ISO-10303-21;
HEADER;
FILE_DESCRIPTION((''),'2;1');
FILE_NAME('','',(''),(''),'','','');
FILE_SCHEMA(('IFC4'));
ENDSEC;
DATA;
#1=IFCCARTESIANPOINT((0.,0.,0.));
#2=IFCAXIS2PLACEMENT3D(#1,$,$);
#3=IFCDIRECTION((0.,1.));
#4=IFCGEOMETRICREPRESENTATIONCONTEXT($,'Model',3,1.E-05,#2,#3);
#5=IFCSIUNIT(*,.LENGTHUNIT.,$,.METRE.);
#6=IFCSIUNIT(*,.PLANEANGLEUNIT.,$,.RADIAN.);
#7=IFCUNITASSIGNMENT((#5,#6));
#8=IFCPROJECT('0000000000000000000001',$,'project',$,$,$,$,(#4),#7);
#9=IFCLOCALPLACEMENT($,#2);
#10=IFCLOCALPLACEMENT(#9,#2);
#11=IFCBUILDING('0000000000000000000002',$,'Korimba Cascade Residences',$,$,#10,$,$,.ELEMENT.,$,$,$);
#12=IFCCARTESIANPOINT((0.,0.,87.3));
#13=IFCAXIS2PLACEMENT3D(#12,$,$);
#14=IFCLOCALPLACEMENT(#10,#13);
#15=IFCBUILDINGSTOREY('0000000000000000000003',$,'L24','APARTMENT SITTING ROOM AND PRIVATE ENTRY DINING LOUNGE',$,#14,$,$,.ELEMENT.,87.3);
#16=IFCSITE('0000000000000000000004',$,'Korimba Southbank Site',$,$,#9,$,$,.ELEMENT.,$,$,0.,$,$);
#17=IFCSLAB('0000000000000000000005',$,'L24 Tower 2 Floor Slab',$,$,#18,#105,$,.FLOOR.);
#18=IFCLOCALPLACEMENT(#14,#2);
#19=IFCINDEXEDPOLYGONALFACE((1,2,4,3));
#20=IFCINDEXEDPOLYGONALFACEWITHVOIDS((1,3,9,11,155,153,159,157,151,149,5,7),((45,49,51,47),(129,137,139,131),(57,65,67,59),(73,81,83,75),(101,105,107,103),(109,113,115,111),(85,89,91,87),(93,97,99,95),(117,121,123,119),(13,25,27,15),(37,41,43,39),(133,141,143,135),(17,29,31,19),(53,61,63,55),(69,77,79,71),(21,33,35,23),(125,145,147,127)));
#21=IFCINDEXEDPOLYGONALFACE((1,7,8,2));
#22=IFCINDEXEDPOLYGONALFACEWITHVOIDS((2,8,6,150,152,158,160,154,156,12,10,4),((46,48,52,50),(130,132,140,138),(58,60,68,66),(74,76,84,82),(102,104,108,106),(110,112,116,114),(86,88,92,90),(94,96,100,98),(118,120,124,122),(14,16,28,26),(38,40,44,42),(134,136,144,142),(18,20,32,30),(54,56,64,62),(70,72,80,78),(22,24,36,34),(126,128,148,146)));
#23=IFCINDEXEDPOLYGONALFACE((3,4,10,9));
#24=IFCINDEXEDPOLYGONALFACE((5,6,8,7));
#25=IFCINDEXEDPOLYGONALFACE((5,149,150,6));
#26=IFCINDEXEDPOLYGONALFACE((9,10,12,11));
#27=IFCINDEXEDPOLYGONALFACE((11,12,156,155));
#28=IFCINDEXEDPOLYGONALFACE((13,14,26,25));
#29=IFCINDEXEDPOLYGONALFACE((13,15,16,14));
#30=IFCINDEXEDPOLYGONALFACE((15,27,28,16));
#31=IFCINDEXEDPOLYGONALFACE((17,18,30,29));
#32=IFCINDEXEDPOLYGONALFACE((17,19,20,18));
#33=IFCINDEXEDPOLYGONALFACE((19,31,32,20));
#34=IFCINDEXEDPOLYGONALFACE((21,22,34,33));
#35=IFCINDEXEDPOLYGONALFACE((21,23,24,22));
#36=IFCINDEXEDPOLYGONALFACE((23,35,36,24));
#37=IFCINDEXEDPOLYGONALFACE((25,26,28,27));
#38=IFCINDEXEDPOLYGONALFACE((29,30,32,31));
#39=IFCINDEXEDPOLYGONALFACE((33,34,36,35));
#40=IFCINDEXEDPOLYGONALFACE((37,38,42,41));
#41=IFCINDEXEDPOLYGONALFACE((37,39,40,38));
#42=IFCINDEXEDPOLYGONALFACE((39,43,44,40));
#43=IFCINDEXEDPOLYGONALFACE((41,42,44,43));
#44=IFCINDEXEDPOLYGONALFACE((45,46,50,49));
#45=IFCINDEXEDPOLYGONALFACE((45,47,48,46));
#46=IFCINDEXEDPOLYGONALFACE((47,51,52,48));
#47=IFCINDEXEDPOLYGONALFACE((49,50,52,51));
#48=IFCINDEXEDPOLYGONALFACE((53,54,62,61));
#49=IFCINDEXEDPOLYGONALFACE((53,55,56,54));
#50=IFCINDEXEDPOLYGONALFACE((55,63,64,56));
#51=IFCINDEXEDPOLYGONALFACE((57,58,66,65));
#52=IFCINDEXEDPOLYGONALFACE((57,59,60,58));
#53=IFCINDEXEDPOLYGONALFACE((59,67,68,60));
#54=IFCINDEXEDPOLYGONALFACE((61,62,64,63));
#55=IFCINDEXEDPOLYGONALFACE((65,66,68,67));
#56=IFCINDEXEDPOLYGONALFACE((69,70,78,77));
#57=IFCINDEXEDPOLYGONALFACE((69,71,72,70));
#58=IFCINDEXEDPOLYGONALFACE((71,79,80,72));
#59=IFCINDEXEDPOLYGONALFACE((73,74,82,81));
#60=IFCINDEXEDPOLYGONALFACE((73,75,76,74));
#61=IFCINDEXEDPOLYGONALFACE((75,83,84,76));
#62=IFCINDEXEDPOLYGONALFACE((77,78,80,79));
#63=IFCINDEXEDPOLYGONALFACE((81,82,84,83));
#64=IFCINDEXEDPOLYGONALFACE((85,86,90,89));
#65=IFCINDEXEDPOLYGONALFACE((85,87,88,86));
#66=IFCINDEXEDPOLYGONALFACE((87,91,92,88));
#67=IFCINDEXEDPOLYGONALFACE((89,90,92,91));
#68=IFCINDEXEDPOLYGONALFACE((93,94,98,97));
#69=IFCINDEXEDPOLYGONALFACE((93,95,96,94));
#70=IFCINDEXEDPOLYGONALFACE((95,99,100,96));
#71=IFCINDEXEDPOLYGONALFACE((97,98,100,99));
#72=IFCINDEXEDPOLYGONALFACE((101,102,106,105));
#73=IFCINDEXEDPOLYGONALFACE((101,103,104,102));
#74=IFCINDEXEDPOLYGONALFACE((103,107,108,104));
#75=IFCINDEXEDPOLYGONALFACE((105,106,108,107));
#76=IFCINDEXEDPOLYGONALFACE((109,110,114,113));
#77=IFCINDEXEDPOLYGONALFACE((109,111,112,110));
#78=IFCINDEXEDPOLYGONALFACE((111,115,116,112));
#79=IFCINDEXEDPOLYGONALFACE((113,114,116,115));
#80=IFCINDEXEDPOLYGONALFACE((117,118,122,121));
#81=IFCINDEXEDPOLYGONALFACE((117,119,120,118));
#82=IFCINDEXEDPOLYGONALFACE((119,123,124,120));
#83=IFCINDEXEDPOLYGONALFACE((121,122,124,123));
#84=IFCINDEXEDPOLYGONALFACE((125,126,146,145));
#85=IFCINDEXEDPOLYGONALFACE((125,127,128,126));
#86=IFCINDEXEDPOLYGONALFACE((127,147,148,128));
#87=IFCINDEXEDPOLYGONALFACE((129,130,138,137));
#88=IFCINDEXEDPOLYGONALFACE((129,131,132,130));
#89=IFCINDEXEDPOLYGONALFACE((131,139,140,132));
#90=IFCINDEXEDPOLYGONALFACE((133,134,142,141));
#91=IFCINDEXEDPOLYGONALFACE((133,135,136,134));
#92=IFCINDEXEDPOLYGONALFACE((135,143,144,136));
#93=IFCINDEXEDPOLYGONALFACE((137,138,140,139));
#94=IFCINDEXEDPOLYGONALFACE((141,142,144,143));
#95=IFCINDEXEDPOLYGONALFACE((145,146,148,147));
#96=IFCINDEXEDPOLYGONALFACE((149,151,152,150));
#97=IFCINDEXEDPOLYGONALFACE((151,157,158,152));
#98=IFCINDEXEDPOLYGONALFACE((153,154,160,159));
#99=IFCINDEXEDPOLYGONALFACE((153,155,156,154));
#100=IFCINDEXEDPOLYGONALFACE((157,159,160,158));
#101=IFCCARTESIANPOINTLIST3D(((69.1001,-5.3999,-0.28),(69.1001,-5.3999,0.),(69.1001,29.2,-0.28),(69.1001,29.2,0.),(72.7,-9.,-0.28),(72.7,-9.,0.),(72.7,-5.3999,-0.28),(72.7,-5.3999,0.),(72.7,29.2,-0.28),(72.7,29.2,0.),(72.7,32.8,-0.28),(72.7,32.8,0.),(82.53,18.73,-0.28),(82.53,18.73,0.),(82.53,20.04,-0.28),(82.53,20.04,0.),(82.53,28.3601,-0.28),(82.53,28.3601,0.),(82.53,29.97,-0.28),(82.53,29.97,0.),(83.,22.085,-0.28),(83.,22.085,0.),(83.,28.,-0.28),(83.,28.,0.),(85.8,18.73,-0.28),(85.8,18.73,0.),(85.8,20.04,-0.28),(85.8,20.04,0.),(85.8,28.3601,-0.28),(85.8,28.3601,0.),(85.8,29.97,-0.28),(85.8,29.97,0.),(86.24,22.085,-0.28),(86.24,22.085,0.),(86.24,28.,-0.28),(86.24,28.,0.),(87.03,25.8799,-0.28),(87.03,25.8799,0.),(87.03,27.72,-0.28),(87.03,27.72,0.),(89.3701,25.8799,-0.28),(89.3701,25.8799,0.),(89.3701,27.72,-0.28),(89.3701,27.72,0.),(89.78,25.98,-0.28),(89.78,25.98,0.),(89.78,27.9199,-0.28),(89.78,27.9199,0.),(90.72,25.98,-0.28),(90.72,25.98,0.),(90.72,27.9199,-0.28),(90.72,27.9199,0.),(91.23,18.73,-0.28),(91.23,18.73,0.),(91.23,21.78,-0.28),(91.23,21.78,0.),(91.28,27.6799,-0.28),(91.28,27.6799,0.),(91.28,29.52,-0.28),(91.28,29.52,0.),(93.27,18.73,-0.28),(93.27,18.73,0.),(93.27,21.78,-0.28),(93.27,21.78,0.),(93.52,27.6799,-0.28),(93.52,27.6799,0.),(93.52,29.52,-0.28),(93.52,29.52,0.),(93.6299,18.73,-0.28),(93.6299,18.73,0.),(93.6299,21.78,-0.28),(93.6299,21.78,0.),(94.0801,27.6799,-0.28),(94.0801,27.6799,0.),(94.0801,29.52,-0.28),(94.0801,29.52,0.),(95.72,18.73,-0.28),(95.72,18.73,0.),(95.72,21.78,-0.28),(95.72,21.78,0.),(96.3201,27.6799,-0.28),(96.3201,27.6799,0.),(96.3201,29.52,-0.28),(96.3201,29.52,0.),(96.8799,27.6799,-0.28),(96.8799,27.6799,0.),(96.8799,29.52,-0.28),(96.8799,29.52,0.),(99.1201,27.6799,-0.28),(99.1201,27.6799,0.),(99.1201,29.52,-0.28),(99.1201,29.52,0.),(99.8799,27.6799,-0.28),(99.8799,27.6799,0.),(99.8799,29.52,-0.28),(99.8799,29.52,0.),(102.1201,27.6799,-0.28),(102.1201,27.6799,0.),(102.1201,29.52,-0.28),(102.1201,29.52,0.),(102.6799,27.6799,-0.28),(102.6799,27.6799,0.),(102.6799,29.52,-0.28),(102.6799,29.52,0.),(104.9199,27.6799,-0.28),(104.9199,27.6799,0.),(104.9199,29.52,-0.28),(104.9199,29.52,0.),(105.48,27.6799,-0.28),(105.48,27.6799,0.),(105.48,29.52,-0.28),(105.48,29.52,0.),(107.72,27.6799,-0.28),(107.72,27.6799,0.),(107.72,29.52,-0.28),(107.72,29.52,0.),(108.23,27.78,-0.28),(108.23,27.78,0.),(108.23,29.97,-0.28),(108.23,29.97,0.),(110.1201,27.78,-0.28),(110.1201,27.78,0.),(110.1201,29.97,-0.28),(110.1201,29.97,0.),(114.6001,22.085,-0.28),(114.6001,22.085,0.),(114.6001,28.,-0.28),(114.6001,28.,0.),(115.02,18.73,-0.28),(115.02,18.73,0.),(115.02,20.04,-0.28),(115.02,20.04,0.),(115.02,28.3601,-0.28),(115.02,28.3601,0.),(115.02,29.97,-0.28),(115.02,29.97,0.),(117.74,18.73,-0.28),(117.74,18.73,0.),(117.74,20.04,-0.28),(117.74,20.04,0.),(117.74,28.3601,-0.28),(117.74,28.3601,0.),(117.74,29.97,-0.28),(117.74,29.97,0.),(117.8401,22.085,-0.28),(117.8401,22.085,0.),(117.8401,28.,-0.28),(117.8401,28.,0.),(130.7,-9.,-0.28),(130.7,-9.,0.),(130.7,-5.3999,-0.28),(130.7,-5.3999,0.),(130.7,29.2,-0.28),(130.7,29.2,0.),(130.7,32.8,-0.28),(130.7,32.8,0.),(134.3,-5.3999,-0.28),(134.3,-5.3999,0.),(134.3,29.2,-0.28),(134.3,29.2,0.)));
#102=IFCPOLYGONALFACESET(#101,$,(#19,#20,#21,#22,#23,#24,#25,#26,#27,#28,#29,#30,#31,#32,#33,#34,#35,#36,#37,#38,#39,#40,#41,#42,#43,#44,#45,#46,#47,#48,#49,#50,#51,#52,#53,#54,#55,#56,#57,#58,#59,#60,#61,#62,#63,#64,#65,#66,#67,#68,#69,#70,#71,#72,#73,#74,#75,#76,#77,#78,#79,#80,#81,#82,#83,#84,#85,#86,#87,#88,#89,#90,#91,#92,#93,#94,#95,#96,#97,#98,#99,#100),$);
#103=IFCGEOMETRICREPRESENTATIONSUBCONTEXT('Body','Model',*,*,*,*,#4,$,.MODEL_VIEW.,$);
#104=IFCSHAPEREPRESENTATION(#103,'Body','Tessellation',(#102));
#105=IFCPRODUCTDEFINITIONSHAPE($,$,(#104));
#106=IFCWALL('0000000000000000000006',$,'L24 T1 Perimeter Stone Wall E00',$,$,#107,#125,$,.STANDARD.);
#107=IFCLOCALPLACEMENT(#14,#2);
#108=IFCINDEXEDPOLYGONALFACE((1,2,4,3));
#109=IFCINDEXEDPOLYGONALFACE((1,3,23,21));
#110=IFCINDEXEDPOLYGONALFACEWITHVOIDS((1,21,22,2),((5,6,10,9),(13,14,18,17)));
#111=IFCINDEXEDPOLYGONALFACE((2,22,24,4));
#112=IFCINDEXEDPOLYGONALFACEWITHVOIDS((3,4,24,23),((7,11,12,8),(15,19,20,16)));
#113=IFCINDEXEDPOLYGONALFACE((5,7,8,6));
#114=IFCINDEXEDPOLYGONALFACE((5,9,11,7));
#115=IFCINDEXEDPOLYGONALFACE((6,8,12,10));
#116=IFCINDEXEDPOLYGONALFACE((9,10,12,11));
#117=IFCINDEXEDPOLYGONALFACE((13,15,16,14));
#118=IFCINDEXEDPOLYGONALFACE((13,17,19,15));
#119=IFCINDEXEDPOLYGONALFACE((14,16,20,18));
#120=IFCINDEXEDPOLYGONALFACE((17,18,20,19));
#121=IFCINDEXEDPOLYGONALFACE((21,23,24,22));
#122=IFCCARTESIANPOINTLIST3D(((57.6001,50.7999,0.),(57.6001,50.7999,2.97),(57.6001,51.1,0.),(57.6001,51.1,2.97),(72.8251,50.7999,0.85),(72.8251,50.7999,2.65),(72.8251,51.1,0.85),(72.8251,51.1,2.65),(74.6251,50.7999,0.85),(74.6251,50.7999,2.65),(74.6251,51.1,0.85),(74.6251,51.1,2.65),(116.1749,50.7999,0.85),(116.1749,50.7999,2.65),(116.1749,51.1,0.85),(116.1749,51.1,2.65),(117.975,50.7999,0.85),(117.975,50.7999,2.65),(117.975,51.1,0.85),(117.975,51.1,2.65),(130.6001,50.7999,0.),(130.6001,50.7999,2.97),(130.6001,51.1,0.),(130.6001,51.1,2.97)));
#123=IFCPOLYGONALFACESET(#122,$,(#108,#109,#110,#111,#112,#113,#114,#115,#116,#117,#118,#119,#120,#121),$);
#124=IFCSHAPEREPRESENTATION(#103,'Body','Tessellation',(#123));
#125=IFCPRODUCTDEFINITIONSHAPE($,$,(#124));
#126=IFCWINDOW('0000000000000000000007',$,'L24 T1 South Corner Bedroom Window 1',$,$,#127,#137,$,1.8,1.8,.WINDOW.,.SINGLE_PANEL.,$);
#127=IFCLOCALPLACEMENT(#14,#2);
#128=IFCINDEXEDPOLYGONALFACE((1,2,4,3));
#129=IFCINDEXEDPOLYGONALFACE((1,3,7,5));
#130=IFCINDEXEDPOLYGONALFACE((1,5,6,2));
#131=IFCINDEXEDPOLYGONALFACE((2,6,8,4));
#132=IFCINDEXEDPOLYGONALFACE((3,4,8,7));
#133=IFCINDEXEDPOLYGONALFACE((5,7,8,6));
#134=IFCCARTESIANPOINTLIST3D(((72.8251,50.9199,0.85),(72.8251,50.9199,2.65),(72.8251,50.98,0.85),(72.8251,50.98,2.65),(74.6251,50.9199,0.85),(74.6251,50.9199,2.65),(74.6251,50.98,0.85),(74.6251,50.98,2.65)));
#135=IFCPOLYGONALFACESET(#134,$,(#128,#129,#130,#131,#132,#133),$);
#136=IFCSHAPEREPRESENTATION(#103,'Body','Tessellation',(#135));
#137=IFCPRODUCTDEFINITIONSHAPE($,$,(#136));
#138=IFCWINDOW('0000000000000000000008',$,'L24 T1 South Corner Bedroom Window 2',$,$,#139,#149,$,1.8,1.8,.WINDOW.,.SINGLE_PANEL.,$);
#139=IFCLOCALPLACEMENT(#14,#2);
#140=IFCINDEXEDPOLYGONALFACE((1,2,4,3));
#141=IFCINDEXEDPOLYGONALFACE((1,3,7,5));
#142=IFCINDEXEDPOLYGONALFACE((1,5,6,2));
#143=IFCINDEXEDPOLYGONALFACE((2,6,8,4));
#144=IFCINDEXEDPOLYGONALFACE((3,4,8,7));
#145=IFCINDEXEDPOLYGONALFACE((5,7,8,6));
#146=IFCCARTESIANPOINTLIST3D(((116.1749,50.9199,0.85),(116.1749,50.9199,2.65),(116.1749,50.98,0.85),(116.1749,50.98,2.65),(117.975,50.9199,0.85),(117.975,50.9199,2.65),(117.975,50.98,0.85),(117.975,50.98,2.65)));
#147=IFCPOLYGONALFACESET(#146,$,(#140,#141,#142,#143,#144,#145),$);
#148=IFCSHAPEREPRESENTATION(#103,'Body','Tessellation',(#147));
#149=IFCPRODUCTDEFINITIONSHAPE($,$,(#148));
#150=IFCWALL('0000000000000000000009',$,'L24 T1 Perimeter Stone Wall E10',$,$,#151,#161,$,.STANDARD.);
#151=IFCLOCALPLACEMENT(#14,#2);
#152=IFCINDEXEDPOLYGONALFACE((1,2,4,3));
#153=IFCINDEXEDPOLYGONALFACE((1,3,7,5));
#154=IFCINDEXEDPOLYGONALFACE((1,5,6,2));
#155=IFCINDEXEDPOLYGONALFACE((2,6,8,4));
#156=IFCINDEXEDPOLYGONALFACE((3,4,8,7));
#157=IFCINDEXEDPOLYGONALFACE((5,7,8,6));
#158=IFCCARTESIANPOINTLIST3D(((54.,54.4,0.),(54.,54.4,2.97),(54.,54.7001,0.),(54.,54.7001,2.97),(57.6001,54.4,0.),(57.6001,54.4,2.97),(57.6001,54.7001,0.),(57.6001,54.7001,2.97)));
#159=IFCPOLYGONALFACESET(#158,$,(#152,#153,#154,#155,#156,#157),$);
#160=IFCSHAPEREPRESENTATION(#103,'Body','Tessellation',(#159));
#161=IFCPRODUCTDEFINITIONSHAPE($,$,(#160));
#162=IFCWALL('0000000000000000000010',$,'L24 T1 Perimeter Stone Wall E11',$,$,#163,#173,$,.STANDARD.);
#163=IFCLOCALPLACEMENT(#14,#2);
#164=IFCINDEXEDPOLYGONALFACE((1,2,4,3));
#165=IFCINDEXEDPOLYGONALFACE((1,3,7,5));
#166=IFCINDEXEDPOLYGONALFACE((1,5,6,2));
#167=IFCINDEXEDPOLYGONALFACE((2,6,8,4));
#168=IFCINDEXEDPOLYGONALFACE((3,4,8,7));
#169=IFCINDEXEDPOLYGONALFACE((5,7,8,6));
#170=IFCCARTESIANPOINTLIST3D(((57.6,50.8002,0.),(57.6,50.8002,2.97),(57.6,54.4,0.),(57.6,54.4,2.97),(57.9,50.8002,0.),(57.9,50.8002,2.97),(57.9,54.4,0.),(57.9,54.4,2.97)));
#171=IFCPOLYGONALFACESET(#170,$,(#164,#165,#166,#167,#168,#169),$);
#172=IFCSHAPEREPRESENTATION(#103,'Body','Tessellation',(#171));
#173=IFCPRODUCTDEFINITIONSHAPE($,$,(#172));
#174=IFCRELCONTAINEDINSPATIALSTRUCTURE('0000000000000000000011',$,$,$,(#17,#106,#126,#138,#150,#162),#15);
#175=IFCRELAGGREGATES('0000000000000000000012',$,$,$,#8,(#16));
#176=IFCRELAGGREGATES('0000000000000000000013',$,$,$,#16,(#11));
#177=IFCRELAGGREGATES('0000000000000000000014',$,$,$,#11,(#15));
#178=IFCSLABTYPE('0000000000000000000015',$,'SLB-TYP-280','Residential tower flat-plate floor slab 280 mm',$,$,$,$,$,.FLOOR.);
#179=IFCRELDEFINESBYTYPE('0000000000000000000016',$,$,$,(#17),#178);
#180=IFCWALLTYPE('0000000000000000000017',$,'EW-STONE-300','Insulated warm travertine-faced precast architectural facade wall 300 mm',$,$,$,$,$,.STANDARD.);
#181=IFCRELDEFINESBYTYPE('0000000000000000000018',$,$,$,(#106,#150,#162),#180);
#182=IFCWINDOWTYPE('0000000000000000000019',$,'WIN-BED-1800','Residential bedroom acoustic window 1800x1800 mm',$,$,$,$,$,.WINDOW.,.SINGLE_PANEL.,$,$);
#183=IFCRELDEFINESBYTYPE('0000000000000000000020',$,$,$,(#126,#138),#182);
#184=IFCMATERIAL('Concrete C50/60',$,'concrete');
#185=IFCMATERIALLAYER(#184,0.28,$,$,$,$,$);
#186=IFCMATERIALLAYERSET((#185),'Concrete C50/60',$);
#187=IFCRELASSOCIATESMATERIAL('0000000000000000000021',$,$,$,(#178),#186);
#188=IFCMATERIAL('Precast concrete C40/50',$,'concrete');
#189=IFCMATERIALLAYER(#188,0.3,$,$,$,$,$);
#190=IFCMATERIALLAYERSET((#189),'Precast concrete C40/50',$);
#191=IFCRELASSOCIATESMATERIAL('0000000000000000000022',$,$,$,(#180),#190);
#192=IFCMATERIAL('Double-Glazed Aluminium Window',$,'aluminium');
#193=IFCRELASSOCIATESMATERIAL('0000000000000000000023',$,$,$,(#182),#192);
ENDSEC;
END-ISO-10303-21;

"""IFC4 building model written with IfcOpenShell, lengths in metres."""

from ifc_helpers import new_model, si_unit, direction, frame, frame_2d, origin, place, context, subcontext, project, spatial, polyline, rectangle, outline, extrude, material, layer, layer_set, type_object, element, fill, save


model = new_model("IFC4")

# Units and contexts
model_context = context("Model", 3, precision=1e-05, world=origin(), true_north=direction((0.0, 1.0)))
body_context = subcontext(model_context, "Body", "Model", "MODEL_VIEW")
ifc_project = project(units=[si_unit("LENGTHUNIT", "METRE"), si_unit("PLANEANGLEUNIT", "RADIAN")], contexts=[model_context])

# Site, building, storey
site_placement = place(None, origin())
site = spatial("IfcSite", under=ifc_project, at=site_placement, Name="Korimba Southbank Site", CompositionType="ELEMENT", RefElevation=0.0)
building_placement = place(site_placement, origin())
building = spatial("IfcBuilding", under=site, at=building_placement, Name="Korimba Cascade Residences", CompositionType="ELEMENT")
storey_placement = place(building_placement, frame((0.0, 0.0, 87.3)))
storey = spatial("IfcBuildingStorey", under=building, at=storey_placement, Name="L24", Description="APARTMENT SITTING ROOM AND PRIVATE ENTRY DINING LOUNGE", CompositionType="ELEMENT", Elevation=87.3)

# Shared definitions
ifc_material_1 = material(Name="Concrete C50/60", Category="concrete")

# Slab
ifc_material_2 = material(Name="Precast concrete C40/50", Category="concrete")
ifc_layer_1 = layer(ifc_material_1, 0.28)
ifc_layer_set_1 = layer_set([ifc_layer_1], Name="Concrete C50/60")
slab_type_1 = type_object("IfcSlabType", Name="SLB-TYP-280", Description="Residential tower flat-plate floor slab 280 mm", PredefinedType="FLOOR", material=ifc_layer_set_1)
slab_1_placement = place(storey_placement, frame((0.0, 0.0, -0.28)))
element("IfcSlab", 1, at=slab_1_placement, inside=storey, type_object=slab_type_1, Name="L24 Tower 2 Floor Slab", PredefinedType="FLOOR", context=body_context, shape_type="SweptSolid", body=[
    extrude(outline(polyline([(72.7, -9.0), (130.7, -9.0), (130.7, -5.3999), (134.3, -5.3999), (134.3, 29.2), (130.7, 29.2), (130.7, 32.8), (72.7, 32.8), (72.7, 29.2), (69.1001, 29.2), (69.1001, -5.3999), (72.7, -5.3999), (72.7, -9.0)]), holes=[polyline([(86.24, 22.085), (86.24, 28.0), (83.0, 28.0), (83.0, 22.085), (86.24, 22.085)]), polyline([(117.8401, 22.085), (117.8401, 28.0), (114.6001, 28.0), (114.6001, 22.085), (117.8401, 22.085)]), polyline([(87.03, 25.8799), (89.3701, 25.8799), (89.3701, 27.72), (87.03, 27.72), (87.03, 25.8799)]), polyline([(91.28, 27.6799), (93.52, 27.6799), (93.52, 29.52), (91.28, 29.52), (91.28, 27.6799)]), polyline([(94.0801, 27.6799), (96.3201, 27.6799), (96.3201, 29.52), (94.0801, 29.52), (94.0801, 27.6799)]), polyline([(96.8799, 27.6799), (99.1201, 27.6799), (99.1201, 29.52), (96.8799, 29.52), (96.8799, 27.6799)]), polyline([(99.8799, 27.6799), (102.1201, 27.6799), (102.1201, 29.52), (99.8799, 29.52), (99.8799, 27.6799)]), polyline([(102.6799, 27.6799), (104.9199, 27.6799), (104.9199, 29.52), (102.6799, 29.52), (102.6799, 27.6799)]), polyline([(105.48, 27.6799), (107.72, 27.6799), (107.72, 29.52), (105.48, 29.52), (105.48, 27.6799)]), polyline([(89.78, 25.98), (90.72, 25.98), (90.72, 27.9199), (89.78, 27.9199), (89.78, 25.98)]), polyline([(82.53, 18.73), (85.8, 18.73), (85.8, 20.04), (82.53, 20.04), (82.53, 18.73)]), polyline([(82.53, 28.3601), (85.8, 28.3601), (85.8, 29.97), (82.53, 29.97), (82.53, 28.3601)]), polyline([(108.23, 27.78), (110.1201, 27.78), (110.1201, 29.97), (108.23, 29.97), (108.23, 27.78)]), polyline([(91.23, 18.73), (93.27, 18.73), (93.27, 21.78), (91.23, 21.78), (91.23, 18.73)]), polyline([(93.6299, 18.73), (95.72, 18.73), (95.72, 21.78), (93.6299, 21.78), (93.6299, 18.73)]), polyline([(115.02, 18.73), (117.74, 18.73), (117.74, 20.04), (115.02, 20.04), (115.02, 18.73)]), polyline([(115.02, 28.3601), (117.74, 28.3601), (117.74, 29.97), (115.02, 29.97), (115.02, 28.3601)])]), origin(), (0.0, 0.0, 1.0), 0.28),
])

# Wall, openings, windows
ifc_layer_2 = layer(ifc_material_2, 0.3)
ifc_layer_set_2 = layer_set([ifc_layer_2], Name="Precast concrete C40/50")
wall_type_1 = type_object("IfcWallType", Name="EW-STONE-300", Description="Insulated warm travertine-faced precast architectural facade wall 300 mm", PredefinedType="STANDARD", material=ifc_layer_set_2)
wall_1_placement = place(storey_placement, frame((57.6001, 50.95, 0.0), z_axis=(0.0, 0.0, 1.0), x_axis=(1.0, 0.0, 0.0)))
wall_1 = element("IfcWall", 2, at=wall_1_placement, inside=storey, type_object=wall_type_1, Name="L24 T1 Perimeter Stone Wall E00", PredefinedType="STANDARD", context=body_context, shape_type="SweptSolid", body=[
    extrude(rectangle(XDim=73.0, YDim=0.3, at=frame_2d((36.5, 0.0))), origin(), (0.0, 0.0, 1.0), 2.97),
])
opening_1_placement = place(wall_1_placement, frame((15.2251, 0.0, 0.8501)))
opening_1 = element("IfcOpeningElement", 3, at=opening_1_placement, cuts=wall_1, PredefinedType="OPENING", context=body_context, shape_type="SweptSolid", body=[
    extrude(rectangle(XDim=1.8, YDim=1.8, at=frame_2d((0.8999, 0.8999))), frame((0.0, 0.1602, 0.0), z_axis=(0.0, -1.0, 0.0), x_axis=(1.0, 0.0, 0.0)), (0.0, 0.0, 1.0), 0.3201),
])
opening_2_placement = place(wall_1_placement, frame((58.575, 0.0, 0.8501)))
opening_2 = element("IfcOpeningElement", 4, at=opening_2_placement, cuts=wall_1, PredefinedType="OPENING", context=body_context, shape_type="SweptSolid", body=[
    extrude(rectangle(XDim=1.8, YDim=1.8, at=frame_2d((0.8999, 0.8999))), frame((0.0, 0.1602, 0.0), z_axis=(0.0, -1.0, 0.0), x_axis=(1.0, 0.0, 0.0)), (0.0, 0.0, 1.0), 0.3201),
])
ifc_material_3 = material(Name="Double-Glazed Aluminium Window", Category="aluminium")
window_type = type_object("IfcWindowType", Name="WIN-BED-1800", Description="Residential bedroom acoustic window 1800x1800 mm", PartitioningType="SINGLE_PANEL", PredefinedType="WINDOW", material=ifc_material_3)
window_1_placement = place(opening_1_placement, origin())
window_1 = element("IfcWindow", 5, at=window_1_placement, inside=storey, type_object=window_type, Name="L24 T1 South Corner Bedroom Window 1", OverallHeight=1.8, OverallWidth=1.8, PartitioningType="SINGLE_PANEL", PredefinedType="WINDOW", context=body_context, shape_type="SweptSolid", body=[
    extrude(rectangle(XDim=1.8, YDim=1.8, at=frame_2d((0.8999, 0.8999))), frame((0.0, 0.03, 0.0), z_axis=(0.0, -1.0, 0.0), x_axis=(1.0, 0.0, 0.0)), (0.0, 0.0, 1.0), 0.0601),
])
fill(opening_1, window_1)
window_2_placement = place(opening_2_placement, origin())
window_2 = element("IfcWindow", 6, at=window_2_placement, inside=storey, type_object=window_type, Name="L24 T1 South Corner Bedroom Window 2", OverallHeight=1.8, OverallWidth=1.8, PartitioningType="SINGLE_PANEL", PredefinedType="WINDOW", context=body_context, shape_type="SweptSolid", body=[
    extrude(rectangle(XDim=1.8, YDim=1.8, at=frame_2d((0.8999, 0.8999))), frame((0.0, 0.03, 0.0), z_axis=(0.0, -1.0, 0.0), x_axis=(1.0, 0.0, 0.0)), (0.0, 0.0, 1.0), 0.0601),
])
fill(opening_2, window_2)

# Walls
wall_2_placement = place(storey_placement, frame((54.0, 54.55, 0.0), z_axis=(0.0, 0.0, 1.0), x_axis=(1.0, 0.0, 0.0)))
element("IfcWall", 7, at=wall_2_placement, inside=storey, type_object=wall_type_1, Name="L24 T1 Perimeter Stone Wall E10", PredefinedType="STANDARD", context=body_context, shape_type="SweptSolid", body=[
    extrude(rectangle(XDim=3.6001, YDim=0.3, at=frame_2d((1.8, 0.0))), origin(), (0.0, 0.0, 1.0), 2.97),
])
wall_3_placement = place(storey_placement, frame((57.75, 54.3999, 0.0), z_axis=(0.0, 0.0, 1.0), x_axis=(0.0, -1.0, 0.0)))
element("IfcWall", 8, at=wall_3_placement, inside=storey, type_object=wall_type_1, Name="L24 T1 Perimeter Stone Wall E11", PredefinedType="STANDARD", context=body_context, shape_type="SweptSolid", body=[
    extrude(rectangle(XDim=3.5999, YDim=0.3, at=frame_2d((1.7998, 0.0))), origin(), (0.0, 0.0, 1.0), 2.97),
])

save(model, "model.ifc")
